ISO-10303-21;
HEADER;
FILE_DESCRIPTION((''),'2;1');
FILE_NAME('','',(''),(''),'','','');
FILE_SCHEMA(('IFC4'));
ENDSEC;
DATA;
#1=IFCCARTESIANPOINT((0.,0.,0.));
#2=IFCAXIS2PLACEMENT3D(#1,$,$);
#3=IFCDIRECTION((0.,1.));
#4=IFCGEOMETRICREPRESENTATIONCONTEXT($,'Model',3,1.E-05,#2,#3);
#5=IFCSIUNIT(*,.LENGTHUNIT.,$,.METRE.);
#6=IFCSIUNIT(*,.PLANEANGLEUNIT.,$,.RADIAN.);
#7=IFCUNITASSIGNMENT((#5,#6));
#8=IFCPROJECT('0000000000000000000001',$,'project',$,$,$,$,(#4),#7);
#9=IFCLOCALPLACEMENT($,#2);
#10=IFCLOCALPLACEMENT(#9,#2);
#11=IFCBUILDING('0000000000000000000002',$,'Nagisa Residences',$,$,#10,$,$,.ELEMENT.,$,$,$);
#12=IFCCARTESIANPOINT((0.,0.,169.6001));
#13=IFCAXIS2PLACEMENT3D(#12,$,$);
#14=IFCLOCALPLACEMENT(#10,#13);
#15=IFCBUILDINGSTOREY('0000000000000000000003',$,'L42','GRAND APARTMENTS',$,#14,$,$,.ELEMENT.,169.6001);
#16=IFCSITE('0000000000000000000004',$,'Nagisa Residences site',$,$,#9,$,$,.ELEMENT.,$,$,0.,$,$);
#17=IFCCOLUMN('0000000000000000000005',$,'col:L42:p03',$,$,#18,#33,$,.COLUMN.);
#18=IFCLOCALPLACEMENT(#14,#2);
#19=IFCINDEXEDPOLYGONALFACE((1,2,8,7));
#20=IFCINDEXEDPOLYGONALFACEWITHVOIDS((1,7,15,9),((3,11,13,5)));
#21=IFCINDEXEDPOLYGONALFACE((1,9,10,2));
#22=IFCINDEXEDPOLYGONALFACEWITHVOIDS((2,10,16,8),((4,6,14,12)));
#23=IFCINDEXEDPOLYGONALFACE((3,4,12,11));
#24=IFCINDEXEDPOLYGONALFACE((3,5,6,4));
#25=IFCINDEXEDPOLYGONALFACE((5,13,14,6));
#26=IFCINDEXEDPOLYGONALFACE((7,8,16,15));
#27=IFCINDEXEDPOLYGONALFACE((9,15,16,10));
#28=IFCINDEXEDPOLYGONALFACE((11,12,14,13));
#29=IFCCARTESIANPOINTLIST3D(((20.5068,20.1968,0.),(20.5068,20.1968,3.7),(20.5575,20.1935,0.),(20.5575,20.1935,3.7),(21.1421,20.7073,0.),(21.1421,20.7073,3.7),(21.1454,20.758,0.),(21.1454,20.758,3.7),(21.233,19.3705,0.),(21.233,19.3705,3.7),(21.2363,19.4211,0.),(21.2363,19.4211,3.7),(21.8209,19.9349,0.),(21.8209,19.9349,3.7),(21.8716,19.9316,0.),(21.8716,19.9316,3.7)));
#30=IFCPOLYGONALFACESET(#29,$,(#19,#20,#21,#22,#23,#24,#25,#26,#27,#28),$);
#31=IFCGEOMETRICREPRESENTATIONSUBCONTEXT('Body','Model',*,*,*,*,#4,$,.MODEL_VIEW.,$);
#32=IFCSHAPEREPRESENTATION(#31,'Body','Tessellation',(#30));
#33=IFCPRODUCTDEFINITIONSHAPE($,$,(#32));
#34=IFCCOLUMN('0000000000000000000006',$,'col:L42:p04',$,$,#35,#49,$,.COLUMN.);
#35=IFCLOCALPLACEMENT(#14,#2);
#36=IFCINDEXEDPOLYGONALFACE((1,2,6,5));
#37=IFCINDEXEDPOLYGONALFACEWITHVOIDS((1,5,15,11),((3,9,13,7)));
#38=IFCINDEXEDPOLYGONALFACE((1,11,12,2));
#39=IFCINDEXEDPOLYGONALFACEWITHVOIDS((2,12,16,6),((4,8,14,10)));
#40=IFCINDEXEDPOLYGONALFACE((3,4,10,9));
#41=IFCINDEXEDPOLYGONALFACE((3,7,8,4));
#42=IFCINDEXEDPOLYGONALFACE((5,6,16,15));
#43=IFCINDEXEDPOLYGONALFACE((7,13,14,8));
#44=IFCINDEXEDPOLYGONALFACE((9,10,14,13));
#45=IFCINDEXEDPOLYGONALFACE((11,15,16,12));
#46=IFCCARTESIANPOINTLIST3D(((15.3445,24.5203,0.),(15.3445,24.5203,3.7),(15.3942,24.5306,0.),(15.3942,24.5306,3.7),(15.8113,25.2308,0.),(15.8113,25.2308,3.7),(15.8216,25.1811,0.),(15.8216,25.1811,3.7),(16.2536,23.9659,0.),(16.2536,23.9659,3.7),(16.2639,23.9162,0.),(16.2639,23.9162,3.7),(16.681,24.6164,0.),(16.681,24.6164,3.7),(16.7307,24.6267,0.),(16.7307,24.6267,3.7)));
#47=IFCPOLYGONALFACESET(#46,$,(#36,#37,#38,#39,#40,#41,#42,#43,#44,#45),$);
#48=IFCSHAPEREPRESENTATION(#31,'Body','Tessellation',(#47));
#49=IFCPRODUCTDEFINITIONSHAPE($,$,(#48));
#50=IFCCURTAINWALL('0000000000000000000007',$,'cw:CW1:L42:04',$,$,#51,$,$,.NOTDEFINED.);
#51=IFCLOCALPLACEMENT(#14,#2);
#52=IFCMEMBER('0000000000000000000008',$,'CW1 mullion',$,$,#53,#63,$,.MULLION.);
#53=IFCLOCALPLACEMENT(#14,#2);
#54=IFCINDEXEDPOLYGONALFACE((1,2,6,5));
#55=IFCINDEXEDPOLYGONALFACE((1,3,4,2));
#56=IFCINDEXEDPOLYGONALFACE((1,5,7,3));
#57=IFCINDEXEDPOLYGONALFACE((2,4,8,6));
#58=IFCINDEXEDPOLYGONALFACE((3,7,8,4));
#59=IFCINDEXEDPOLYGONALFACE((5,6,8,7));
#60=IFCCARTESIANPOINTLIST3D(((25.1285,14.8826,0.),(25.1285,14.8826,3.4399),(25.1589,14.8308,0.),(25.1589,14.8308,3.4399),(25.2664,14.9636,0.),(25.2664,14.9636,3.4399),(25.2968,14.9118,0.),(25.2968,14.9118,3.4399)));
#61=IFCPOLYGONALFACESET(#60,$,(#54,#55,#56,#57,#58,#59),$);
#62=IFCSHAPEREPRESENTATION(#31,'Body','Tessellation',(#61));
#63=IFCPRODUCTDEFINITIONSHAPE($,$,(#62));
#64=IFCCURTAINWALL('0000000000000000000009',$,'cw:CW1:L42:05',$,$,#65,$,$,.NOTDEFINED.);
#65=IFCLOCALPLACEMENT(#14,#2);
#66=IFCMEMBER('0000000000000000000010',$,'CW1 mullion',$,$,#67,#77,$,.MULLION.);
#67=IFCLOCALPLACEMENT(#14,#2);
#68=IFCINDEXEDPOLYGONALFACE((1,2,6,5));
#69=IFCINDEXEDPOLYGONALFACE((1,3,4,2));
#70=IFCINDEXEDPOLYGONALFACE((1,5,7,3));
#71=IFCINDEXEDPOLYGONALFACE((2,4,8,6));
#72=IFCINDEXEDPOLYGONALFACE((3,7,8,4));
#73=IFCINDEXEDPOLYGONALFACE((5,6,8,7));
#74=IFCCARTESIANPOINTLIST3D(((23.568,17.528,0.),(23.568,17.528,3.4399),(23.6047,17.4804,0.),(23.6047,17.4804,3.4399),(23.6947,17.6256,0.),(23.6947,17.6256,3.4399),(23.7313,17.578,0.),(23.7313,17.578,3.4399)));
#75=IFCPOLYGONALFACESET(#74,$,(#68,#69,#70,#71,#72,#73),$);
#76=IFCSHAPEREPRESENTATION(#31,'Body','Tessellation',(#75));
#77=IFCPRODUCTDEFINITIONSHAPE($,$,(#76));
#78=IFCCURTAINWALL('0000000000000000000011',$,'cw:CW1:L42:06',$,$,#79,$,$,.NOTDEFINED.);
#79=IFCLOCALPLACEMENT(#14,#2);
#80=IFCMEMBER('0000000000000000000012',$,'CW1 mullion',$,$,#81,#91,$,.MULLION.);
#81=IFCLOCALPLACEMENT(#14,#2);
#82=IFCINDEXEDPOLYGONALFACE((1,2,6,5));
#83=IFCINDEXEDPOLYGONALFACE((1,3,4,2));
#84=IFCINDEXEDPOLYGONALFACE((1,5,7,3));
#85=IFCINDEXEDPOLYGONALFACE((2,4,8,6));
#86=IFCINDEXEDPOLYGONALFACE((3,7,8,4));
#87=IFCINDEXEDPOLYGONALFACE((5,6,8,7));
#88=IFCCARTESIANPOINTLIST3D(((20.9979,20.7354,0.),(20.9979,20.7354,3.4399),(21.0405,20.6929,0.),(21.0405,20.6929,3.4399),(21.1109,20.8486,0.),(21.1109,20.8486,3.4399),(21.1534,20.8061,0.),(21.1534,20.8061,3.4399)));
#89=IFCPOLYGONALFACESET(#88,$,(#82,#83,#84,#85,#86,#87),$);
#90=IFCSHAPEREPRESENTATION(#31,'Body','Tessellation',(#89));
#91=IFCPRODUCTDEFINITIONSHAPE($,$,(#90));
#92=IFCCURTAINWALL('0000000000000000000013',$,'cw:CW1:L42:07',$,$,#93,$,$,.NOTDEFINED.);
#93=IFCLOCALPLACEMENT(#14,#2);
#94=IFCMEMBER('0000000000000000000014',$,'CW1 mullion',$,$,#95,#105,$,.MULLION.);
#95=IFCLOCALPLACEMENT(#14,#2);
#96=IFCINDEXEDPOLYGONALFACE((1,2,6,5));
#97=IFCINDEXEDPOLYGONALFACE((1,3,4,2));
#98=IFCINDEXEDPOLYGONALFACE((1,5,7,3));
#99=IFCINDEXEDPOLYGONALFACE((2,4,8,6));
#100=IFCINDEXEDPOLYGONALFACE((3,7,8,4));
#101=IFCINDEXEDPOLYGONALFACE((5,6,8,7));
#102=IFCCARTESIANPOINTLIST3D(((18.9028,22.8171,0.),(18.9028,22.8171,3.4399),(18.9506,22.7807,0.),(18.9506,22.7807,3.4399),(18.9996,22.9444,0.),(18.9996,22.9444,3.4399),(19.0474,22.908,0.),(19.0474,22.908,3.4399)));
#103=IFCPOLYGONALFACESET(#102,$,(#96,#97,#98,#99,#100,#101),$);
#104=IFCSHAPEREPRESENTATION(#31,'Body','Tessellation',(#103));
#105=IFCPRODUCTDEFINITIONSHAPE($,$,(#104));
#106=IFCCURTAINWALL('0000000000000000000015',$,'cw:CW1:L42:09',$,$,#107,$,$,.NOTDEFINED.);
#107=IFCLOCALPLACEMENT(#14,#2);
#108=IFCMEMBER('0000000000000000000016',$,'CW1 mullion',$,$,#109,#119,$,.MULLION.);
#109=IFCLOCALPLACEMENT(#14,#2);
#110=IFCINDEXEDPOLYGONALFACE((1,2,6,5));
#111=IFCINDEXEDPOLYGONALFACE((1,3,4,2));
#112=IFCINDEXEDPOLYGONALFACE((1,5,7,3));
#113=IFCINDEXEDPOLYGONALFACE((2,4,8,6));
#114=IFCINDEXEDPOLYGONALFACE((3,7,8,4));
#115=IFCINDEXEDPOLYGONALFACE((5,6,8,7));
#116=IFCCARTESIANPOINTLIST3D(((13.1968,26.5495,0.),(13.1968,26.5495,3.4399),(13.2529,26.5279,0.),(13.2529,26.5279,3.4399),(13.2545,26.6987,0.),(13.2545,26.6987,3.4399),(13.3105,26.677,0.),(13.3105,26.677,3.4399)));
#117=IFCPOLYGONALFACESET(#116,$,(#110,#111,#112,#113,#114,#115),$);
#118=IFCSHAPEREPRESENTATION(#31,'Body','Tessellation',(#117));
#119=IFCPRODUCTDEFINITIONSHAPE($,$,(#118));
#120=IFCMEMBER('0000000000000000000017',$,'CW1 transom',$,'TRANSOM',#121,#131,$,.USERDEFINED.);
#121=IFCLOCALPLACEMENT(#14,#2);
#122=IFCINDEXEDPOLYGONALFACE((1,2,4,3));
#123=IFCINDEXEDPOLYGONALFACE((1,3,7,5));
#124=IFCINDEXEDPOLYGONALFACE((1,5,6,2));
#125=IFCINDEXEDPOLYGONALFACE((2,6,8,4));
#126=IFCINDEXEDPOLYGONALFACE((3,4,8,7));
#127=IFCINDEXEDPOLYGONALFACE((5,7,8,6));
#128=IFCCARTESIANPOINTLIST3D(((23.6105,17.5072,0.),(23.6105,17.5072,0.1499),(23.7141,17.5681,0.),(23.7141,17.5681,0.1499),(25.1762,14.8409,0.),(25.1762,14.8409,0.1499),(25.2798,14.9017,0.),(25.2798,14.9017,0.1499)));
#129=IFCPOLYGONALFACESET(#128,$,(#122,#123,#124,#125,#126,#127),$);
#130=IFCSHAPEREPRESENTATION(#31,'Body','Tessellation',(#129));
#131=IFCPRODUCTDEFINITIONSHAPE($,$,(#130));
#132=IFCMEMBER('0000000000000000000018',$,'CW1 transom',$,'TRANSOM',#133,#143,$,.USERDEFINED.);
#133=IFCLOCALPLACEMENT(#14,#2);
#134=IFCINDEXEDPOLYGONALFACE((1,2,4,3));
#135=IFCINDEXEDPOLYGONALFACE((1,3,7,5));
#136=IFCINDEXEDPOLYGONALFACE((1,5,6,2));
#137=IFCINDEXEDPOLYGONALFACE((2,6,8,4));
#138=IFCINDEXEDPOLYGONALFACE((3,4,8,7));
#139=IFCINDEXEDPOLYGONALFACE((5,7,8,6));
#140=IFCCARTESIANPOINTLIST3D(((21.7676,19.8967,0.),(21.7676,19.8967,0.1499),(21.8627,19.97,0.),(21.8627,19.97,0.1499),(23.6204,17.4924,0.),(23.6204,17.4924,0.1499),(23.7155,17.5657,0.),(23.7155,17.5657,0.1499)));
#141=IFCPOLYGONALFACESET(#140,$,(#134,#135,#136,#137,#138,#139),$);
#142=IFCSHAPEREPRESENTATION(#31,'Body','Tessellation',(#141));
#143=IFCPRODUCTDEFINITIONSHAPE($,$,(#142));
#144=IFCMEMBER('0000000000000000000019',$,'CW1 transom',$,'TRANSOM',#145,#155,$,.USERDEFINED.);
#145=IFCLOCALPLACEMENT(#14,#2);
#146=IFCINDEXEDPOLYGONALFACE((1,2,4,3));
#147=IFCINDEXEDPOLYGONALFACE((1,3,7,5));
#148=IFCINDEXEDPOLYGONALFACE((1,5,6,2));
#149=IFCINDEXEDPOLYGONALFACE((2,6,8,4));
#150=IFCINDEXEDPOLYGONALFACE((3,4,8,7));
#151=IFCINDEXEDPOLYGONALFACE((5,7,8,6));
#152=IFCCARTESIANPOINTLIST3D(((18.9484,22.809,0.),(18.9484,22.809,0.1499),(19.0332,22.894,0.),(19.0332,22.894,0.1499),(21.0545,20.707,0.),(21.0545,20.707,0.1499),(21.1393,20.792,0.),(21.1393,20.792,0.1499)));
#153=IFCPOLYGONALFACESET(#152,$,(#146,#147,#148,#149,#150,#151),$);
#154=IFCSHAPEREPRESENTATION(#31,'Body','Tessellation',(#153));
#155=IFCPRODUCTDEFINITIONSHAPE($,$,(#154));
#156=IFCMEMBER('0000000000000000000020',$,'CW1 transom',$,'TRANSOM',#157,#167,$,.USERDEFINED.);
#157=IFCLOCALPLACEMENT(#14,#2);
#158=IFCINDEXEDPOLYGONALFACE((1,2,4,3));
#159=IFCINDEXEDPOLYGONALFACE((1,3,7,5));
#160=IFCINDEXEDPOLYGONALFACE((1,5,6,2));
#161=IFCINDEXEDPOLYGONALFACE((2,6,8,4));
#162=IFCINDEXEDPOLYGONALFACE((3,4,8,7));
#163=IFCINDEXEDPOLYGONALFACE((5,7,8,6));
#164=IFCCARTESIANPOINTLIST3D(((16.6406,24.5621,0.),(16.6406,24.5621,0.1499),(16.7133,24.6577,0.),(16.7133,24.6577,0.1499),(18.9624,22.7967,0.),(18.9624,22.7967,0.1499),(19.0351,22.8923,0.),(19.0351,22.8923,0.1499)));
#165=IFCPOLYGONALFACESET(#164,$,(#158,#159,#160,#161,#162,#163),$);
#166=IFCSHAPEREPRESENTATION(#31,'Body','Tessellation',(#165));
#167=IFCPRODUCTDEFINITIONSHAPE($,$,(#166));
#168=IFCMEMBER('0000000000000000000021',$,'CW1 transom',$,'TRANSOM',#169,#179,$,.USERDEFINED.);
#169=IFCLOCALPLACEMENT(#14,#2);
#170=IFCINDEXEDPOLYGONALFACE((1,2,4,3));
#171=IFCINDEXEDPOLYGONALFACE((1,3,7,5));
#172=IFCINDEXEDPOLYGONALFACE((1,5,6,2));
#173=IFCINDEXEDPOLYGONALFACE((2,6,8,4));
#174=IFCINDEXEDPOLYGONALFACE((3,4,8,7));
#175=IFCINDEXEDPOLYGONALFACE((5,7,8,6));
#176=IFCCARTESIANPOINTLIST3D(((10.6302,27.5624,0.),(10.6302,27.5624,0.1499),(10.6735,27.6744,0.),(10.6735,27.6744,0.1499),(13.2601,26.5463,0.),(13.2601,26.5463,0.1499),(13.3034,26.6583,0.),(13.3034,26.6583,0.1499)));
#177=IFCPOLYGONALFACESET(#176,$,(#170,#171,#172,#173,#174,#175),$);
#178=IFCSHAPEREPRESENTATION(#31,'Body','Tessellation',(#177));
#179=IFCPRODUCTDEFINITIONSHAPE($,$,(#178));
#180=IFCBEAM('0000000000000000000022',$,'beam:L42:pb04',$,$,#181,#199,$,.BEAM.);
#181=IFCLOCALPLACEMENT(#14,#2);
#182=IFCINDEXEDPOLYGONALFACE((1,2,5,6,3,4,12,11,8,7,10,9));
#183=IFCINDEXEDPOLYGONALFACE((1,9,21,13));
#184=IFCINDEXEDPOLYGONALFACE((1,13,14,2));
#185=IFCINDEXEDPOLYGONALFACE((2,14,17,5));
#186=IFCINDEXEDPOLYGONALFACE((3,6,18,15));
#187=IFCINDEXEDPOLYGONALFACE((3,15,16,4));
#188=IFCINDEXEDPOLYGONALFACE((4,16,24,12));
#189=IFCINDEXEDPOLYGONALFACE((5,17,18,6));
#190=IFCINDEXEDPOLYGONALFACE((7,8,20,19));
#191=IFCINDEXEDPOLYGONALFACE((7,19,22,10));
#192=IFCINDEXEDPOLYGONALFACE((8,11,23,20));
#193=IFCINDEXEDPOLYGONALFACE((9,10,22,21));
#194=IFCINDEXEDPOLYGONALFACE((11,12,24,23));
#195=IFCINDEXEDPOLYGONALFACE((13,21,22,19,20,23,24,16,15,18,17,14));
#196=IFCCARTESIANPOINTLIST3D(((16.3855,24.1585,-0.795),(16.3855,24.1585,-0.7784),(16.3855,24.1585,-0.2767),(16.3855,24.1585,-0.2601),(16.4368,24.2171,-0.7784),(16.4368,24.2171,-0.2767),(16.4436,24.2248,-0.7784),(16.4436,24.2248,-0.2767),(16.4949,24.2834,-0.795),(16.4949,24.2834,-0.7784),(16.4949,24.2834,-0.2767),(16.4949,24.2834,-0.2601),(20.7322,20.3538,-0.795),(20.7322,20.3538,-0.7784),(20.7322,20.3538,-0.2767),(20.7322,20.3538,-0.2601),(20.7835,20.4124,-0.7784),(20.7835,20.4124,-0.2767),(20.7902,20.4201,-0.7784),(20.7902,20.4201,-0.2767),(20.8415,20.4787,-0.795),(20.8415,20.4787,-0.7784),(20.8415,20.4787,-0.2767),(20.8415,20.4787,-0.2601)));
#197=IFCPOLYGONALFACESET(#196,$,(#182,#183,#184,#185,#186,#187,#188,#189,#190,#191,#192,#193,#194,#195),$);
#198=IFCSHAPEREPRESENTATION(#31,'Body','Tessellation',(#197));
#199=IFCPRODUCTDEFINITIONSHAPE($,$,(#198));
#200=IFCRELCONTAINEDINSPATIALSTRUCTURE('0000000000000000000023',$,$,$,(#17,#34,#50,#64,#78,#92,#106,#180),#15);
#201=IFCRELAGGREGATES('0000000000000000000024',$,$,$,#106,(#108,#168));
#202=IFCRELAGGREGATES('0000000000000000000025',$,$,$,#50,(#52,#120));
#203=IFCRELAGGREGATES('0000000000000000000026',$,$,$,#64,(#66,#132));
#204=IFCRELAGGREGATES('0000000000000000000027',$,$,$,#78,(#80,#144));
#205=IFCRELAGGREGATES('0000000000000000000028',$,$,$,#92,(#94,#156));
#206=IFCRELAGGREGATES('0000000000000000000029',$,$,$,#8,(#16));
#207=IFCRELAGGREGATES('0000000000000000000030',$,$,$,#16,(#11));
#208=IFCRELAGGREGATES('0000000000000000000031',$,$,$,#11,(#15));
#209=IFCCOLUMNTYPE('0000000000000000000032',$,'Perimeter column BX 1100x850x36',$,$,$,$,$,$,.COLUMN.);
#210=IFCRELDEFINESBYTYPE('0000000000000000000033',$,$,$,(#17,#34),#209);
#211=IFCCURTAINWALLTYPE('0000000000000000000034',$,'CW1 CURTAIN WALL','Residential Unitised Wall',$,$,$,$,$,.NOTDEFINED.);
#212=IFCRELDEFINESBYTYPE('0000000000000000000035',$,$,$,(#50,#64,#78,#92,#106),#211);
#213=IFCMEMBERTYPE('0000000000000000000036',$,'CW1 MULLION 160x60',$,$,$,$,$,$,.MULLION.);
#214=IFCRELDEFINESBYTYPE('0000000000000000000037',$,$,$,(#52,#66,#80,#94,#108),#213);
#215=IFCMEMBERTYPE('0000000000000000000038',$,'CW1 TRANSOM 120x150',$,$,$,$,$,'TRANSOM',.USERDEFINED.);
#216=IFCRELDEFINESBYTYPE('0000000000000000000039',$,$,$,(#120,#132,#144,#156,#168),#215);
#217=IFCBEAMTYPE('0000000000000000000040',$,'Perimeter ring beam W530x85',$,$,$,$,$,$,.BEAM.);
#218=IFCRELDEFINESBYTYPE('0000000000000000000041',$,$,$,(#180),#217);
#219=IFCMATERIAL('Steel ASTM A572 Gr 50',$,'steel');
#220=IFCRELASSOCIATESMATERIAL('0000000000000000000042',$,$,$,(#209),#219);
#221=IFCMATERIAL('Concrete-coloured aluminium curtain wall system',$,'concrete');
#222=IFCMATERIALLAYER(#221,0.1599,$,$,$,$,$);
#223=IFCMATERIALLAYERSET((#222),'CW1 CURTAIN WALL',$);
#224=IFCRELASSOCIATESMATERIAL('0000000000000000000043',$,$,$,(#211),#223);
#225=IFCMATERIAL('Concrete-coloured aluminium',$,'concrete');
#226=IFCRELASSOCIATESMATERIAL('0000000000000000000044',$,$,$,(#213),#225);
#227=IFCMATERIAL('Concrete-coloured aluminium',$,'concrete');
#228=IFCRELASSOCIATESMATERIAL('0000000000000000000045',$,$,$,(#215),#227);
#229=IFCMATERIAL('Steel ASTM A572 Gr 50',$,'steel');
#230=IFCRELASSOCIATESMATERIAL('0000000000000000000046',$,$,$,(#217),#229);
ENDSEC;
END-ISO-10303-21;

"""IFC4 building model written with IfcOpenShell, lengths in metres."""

from ifc_helpers import new_model, si_unit, direction, frame, origin, origin_2d, place, context, subcontext, project, spatial, rectangle, hollow_rectangle, i_section, extrude, material, layer, layer_set, material_profile, profile_set, type_object, element, aggregate, save


model = new_model("IFC4")

# Units and contexts
model_context = context("Model", 3, precision=1e-05, world=origin(), true_north=direction((0.0, 1.0)))
body_context = subcontext(model_context, "Body", "Model", "MODEL_VIEW")
ifc_project = project(units=[si_unit("LENGTHUNIT", "METRE"), si_unit("PLANEANGLEUNIT", "RADIAN")], contexts=[model_context])

# Site, building, storey
site_placement = place(None, origin())
site = spatial("IfcSite", under=ifc_project, at=site_placement, Name="Nagisa Residences site", CompositionType="ELEMENT", RefElevation=0.0)
building_placement = place(site_placement, origin())
building = spatial("IfcBuilding", under=site, at=building_placement, Name="Nagisa Residences", CompositionType="ELEMENT")
storey_placement = place(building_placement, frame((0.0, 0.0, 169.6001)))
storey = spatial("IfcBuildingStorey", under=building, at=storey_placement, Name="L42", Description="GRAND APARTMENTS", CompositionType="ELEMENT", Elevation=169.6001)

# Columns
ifc_material_1 = material(Name="Steel ASTM A572 Gr 50", Category="steel")
ifc_material_profile_1 = material_profile(ifc_material_1, hollow_rectangle(XDim=1.1001, YDim=0.8501, WallThickness=0.0359, at=origin_2d()), Name="BX 1100x850x36")
ifc_profile_set_1 = profile_set([ifc_material_profile_1], Name="Steel ASTM A572 Gr 50")
column_type = type_object("IfcColumnType", Name="Perimeter column BX 1100x850x36", PredefinedType="COLUMN", material=ifc_profile_set_1)
for number, where, z_axis, x_axis, name in (
    (1, (21.1892, 20.0642, 0.0), (0.0, 0.0, 1.0), (-0.660115, 0.751165, 0.0), "col:L42:p03"),
    (2, (16.0376, 24.5735, 0.0), (0.0, 0.0, 1.0), (-0.835766, 0.549086, 0.0), "col:L42:p04"),
):
    element("IfcColumn", number, at=place(storey_placement, frame(where, z_axis=z_axis, x_axis=x_axis)), inside=storey, type_object=column_type, Name=name, PredefinedType="COLUMN", context=body_context, shape_type="SweptSolid", body=[
        extrude(hollow_rectangle(XDim=1.1001, YDim=0.8501, WallThickness=0.0359, at=origin_2d()), origin(), (0.0, 0.0, 1.0), 3.7),
    ])

# Curtain walls, members
ifc_material_2 = material(Name="Concrete-coloured aluminium curtain wall system", Category="concrete")
ifc_layer_1 = layer(ifc_material_2, 0.1599)
ifc_layer_set_1 = layer_set([ifc_layer_1], Name="CW1 CURTAIN WALL")
curtain_wall_type = type_object("IfcCurtainWallType", Name="CW1 CURTAIN WALL", Description="Residential Unitised Wall", PredefinedType="NOTDEFINED", material=ifc_layer_set_1)
curtain_wall_1_placement = place(storey_placement, origin())
curtain_wall_1 = element("IfcCurtainWall", 3, at=curtain_wall_1_placement, inside=storey, type_object=curtain_wall_type, Name="cw:CW1:L42:04", PredefinedType="NOTDEFINED")
ifc_material_3 = material(Name="Concrete-coloured aluminium", Category="concrete")
ifc_material_profile_2 = material_profile(ifc_material_3, rectangle(XDim=0.1599, YDim=0.0601, at=origin_2d()), Name="CW1 MULLION 160x60")
ifc_profile_set_2 = profile_set([ifc_material_profile_2], Name="Concrete-coloured aluminium")
member_type_1 = type_object("IfcMemberType", Name="CW1 MULLION 160x60", PredefinedType="MULLION", material=ifc_profile_set_2)
member_1_placement = place(storey_placement, frame((25.2126, 14.8972, 0.0), z_axis=(0.0, 0.0, 1.0), x_axis=(-0.862329, -0.506349, 0.0)))
member_1 = element("IfcMember", 4, at=member_1_placement, type_object=member_type_1, Name="CW1 mullion", PredefinedType="MULLION", context=body_context, shape_type="SweptSolid", body=[
    extrude(rectangle(XDim=0.1599, YDim=0.0601, at=origin_2d()), origin(), (0.0, 0.0, 1.0), 3.4399),
])
curtain_wall_2_placement = place(storey_placement, origin())
curtain_wall_2 = element("IfcCurtainWall", 5, at=curtain_wall_2_placement, inside=storey, type_object=curtain_wall_type, Name="cw:CW1:L42:05", PredefinedType="NOTDEFINED")
member_2_placement = place(storey_placement, frame((23.6497, 17.553, 0.0), z_axis=(0.0, 0.0, 1.0), x_axis=(-0.79207, -0.61043, 0.0)))
member_2 = element("IfcMember", 6, at=member_2_placement, type_object=member_type_1, Name="CW1 mullion", PredefinedType="MULLION", context=body_context, shape_type="SweptSolid", body=[
    extrude(rectangle(XDim=0.1599, YDim=0.0601, at=origin_2d()), origin(), (0.0, 0.0, 1.0), 3.4399),
])
curtain_wall_3_placement = place(storey_placement, origin())
curtain_wall_3 = element("IfcCurtainWall", 7, at=curtain_wall_3_placement, inside=storey, type_object=curtain_wall_type, Name="cw:CW1:L42:06", PredefinedType="NOTDEFINED")
member_3_placement = place(storey_placement, frame((21.0757, 20.7708, 0.0), z_axis=(0.0, 0.0, 1.0), x_axis=(-0.706377, -0.707836, 0.0)))
member_3 = element("IfcMember", 8, at=member_3_placement, type_object=member_type_1, Name="CW1 mullion", PredefinedType="MULLION", context=body_context, shape_type="SweptSolid", body=[
    extrude(rectangle(XDim=0.1599, YDim=0.0601, at=origin_2d()), origin(), (0.0, 0.0, 1.0), 3.4399),
])
curtain_wall_4_placement = place(storey_placement, origin())
curtain_wall_4 = element("IfcCurtainWall", 9, at=curtain_wall_4_placement, inside=storey, type_object=curtain_wall_type, Name="cw:CW1:L42:07", PredefinedType="NOTDEFINED")
member_4_placement = place(storey_placement, frame((18.9751, 22.8625, 0.0), z_axis=(0.0, 0.0, 1.0), x_axis=(-0.605255, -0.796031, 0.0)))
member_4 = element("IfcMember", 10, at=member_4_placement, type_object=member_type_1, Name="CW1 mullion", PredefinedType="MULLION", context=body_context, shape_type="SweptSolid", body=[
    extrude(rectangle(XDim=0.1599, YDim=0.0601, at=origin_2d()), origin(), (0.0, 0.0, 1.0), 3.4399),
])
curtain_wall_5_placement = place(storey_placement, origin())
curtain_wall_5 = element("IfcCurtainWall", 11, at=curtain_wall_5_placement, inside=storey, type_object=curtain_wall_type, Name="cw:CW1:L42:09", PredefinedType="NOTDEFINED")
member_5_placement = place(storey_placement, frame((13.2537, 26.6133, 0.0), z_axis=(0.0, 0.0, 1.0), x_axis=(-0.360328, -0.932826, 0.0)))
member_5 = element("IfcMember", 12, at=member_5_placement, type_object=member_type_1, Name="CW1 mullion", PredefinedType="MULLION", context=body_context, shape_type="SweptSolid", body=[
    extrude(rectangle(XDim=0.1599, YDim=0.0601, at=origin_2d()), origin(), (0.0, 0.0, 1.0), 3.4399),
])

# Members
ifc_material_4 = material(Name="Concrete-coloured aluminium", Category="concrete")
ifc_material_profile_3 = material_profile(ifc_material_4, rectangle(XDim=0.1201, YDim=0.1499, at=origin_2d()), Name="CW1 TRANSOM 120x150")
ifc_profile_set_3 = profile_set([ifc_material_profile_3], Name="Concrete-coloured aluminium")
member_type_2 = type_object("IfcMemberType", Name="CW1 TRANSOM 120x150", ElementType="TRANSOM", PredefinedType="USERDEFINED", material=ifc_profile_set_3)
member_6_placement = place(storey_placement, frame((25.228, 14.8713, 0.075), z_axis=(-0.506368, 0.862318, 0.0), x_axis=(-0.862318, -0.506368, 0.0)))
member_6 = element("IfcMember", 13, at=member_6_placement, type_object=member_type_2, Name="CW1 transom", ObjectType="TRANSOM", PredefinedType="USERDEFINED", context=body_context, shape_type="SweptSolid", body=[
    extrude(rectangle(XDim=0.1201, YDim=0.1499, at=origin_2d()), origin(), (0.0, 0.0, 1.0), 3.092),
])
member_7_placement = place(storey_placement, frame((23.668, 17.5291, 0.075), z_axis=(-0.610399, 0.792094, 0.0), x_axis=(-0.792094, -0.610399, 0.0)))
member_7 = element("IfcMember", 14, at=member_7_placement, type_object=member_type_2, Name="CW1 transom", ObjectType="TRANSOM", PredefinedType="USERDEFINED", context=body_context, shape_type="SweptSolid", body=[
    extrude(rectangle(XDim=0.1201, YDim=0.1499, at=origin_2d()), origin(), (0.0, 0.0, 1.0), 3.0354),
])
member_8_placement = place(storey_placement, frame((21.0969, 20.7495, 0.075), z_axis=(-0.707804, 0.706409, 0.0), x_axis=(-0.706409, -0.707804, 0.0)))
member_8 = element("IfcMember", 15, at=member_8_placement, type_object=member_type_2, Name="CW1 transom", ObjectType="TRANSOM", PredefinedType="USERDEFINED", context=body_context, shape_type="SweptSolid", body=[
    extrude(rectangle(XDim=0.1201, YDim=0.1499, at=origin_2d()), origin(), (0.0, 0.0, 1.0), 2.9756),
])
member_9_placement = place(storey_placement, frame((18.9988, 22.8445, 0.075), z_axis=(-0.796025, 0.605264, 0.0), x_axis=(-0.605264, -0.796025, 0.0)))
member_9 = element("IfcMember", 16, at=member_9_placement, type_object=member_type_2, Name="CW1 transom", ObjectType="TRANSOM", PredefinedType="USERDEFINED", context=body_context, shape_type="SweptSolid", body=[
    extrude(rectangle(XDim=0.1201, YDim=0.1499, at=origin_2d()), origin(), (0.0, 0.0, 1.0), 2.9167),
])
member_10_placement = place(storey_placement, frame((13.2817, 26.6023, 0.075), z_axis=(-0.932795, 0.360406, 0.0), x_axis=(-0.360406, -0.932795, 0.0)))
member_10 = element("IfcMember", 17, at=member_10_placement, type_object=member_type_2, Name="CW1 transom", ObjectType="TRANSOM", PredefinedType="USERDEFINED", context=body_context, shape_type="SweptSolid", body=[
    extrude(rectangle(XDim=0.1201, YDim=0.1499, at=origin_2d()), origin(), (0.0, 0.0, 1.0), 2.8193),
])
aggregate(curtain_wall_5, [member_5, member_10])

# Beam
ifc_material_5 = material(Name="Steel ASTM A572 Gr 50", Category="steel")
ifc_material_profile_4 = material_profile(ifc_material_5, i_section(OverallWidth=0.166, OverallDepth=0.5349, WebThickness=0.0103, FlangeThickness=0.0166, at=origin_2d()), Name="W530x85")
ifc_profile_set_4 = profile_set([ifc_material_profile_4], Name="Steel ASTM A572 Gr 50")
beam_type_1 = type_object("IfcBeamType", Name="Perimeter ring beam W530x85", PredefinedType="BEAM", material=ifc_profile_set_4)
beam_1_placement = place(storey_placement, frame((20.7869, 20.4163, -0.5276), z_axis=(-0.752461, 0.658636, 0.0), x_axis=(-0.658636, -0.752461, 0.0)))
element("IfcBeam", 18, at=beam_1_placement, inside=storey, type_object=beam_type_1, Name="beam:L42:pb04", PredefinedType="BEAM", context=body_context, shape_type="SweptSolid", body=[
    extrude(i_section(OverallWidth=0.166, OverallDepth=0.5349, WebThickness=0.0103, FlangeThickness=0.0166, at=origin_2d()), origin(), (0.0, 0.0, 1.0), 5.7766),
])

aggregate(curtain_wall_1, [member_1, member_6])
aggregate(curtain_wall_2, [member_2, member_7])
aggregate(curtain_wall_3, [member_3, member_8])
aggregate(curtain_wall_4, [member_4, member_9])

save(model, "model.ifc")
